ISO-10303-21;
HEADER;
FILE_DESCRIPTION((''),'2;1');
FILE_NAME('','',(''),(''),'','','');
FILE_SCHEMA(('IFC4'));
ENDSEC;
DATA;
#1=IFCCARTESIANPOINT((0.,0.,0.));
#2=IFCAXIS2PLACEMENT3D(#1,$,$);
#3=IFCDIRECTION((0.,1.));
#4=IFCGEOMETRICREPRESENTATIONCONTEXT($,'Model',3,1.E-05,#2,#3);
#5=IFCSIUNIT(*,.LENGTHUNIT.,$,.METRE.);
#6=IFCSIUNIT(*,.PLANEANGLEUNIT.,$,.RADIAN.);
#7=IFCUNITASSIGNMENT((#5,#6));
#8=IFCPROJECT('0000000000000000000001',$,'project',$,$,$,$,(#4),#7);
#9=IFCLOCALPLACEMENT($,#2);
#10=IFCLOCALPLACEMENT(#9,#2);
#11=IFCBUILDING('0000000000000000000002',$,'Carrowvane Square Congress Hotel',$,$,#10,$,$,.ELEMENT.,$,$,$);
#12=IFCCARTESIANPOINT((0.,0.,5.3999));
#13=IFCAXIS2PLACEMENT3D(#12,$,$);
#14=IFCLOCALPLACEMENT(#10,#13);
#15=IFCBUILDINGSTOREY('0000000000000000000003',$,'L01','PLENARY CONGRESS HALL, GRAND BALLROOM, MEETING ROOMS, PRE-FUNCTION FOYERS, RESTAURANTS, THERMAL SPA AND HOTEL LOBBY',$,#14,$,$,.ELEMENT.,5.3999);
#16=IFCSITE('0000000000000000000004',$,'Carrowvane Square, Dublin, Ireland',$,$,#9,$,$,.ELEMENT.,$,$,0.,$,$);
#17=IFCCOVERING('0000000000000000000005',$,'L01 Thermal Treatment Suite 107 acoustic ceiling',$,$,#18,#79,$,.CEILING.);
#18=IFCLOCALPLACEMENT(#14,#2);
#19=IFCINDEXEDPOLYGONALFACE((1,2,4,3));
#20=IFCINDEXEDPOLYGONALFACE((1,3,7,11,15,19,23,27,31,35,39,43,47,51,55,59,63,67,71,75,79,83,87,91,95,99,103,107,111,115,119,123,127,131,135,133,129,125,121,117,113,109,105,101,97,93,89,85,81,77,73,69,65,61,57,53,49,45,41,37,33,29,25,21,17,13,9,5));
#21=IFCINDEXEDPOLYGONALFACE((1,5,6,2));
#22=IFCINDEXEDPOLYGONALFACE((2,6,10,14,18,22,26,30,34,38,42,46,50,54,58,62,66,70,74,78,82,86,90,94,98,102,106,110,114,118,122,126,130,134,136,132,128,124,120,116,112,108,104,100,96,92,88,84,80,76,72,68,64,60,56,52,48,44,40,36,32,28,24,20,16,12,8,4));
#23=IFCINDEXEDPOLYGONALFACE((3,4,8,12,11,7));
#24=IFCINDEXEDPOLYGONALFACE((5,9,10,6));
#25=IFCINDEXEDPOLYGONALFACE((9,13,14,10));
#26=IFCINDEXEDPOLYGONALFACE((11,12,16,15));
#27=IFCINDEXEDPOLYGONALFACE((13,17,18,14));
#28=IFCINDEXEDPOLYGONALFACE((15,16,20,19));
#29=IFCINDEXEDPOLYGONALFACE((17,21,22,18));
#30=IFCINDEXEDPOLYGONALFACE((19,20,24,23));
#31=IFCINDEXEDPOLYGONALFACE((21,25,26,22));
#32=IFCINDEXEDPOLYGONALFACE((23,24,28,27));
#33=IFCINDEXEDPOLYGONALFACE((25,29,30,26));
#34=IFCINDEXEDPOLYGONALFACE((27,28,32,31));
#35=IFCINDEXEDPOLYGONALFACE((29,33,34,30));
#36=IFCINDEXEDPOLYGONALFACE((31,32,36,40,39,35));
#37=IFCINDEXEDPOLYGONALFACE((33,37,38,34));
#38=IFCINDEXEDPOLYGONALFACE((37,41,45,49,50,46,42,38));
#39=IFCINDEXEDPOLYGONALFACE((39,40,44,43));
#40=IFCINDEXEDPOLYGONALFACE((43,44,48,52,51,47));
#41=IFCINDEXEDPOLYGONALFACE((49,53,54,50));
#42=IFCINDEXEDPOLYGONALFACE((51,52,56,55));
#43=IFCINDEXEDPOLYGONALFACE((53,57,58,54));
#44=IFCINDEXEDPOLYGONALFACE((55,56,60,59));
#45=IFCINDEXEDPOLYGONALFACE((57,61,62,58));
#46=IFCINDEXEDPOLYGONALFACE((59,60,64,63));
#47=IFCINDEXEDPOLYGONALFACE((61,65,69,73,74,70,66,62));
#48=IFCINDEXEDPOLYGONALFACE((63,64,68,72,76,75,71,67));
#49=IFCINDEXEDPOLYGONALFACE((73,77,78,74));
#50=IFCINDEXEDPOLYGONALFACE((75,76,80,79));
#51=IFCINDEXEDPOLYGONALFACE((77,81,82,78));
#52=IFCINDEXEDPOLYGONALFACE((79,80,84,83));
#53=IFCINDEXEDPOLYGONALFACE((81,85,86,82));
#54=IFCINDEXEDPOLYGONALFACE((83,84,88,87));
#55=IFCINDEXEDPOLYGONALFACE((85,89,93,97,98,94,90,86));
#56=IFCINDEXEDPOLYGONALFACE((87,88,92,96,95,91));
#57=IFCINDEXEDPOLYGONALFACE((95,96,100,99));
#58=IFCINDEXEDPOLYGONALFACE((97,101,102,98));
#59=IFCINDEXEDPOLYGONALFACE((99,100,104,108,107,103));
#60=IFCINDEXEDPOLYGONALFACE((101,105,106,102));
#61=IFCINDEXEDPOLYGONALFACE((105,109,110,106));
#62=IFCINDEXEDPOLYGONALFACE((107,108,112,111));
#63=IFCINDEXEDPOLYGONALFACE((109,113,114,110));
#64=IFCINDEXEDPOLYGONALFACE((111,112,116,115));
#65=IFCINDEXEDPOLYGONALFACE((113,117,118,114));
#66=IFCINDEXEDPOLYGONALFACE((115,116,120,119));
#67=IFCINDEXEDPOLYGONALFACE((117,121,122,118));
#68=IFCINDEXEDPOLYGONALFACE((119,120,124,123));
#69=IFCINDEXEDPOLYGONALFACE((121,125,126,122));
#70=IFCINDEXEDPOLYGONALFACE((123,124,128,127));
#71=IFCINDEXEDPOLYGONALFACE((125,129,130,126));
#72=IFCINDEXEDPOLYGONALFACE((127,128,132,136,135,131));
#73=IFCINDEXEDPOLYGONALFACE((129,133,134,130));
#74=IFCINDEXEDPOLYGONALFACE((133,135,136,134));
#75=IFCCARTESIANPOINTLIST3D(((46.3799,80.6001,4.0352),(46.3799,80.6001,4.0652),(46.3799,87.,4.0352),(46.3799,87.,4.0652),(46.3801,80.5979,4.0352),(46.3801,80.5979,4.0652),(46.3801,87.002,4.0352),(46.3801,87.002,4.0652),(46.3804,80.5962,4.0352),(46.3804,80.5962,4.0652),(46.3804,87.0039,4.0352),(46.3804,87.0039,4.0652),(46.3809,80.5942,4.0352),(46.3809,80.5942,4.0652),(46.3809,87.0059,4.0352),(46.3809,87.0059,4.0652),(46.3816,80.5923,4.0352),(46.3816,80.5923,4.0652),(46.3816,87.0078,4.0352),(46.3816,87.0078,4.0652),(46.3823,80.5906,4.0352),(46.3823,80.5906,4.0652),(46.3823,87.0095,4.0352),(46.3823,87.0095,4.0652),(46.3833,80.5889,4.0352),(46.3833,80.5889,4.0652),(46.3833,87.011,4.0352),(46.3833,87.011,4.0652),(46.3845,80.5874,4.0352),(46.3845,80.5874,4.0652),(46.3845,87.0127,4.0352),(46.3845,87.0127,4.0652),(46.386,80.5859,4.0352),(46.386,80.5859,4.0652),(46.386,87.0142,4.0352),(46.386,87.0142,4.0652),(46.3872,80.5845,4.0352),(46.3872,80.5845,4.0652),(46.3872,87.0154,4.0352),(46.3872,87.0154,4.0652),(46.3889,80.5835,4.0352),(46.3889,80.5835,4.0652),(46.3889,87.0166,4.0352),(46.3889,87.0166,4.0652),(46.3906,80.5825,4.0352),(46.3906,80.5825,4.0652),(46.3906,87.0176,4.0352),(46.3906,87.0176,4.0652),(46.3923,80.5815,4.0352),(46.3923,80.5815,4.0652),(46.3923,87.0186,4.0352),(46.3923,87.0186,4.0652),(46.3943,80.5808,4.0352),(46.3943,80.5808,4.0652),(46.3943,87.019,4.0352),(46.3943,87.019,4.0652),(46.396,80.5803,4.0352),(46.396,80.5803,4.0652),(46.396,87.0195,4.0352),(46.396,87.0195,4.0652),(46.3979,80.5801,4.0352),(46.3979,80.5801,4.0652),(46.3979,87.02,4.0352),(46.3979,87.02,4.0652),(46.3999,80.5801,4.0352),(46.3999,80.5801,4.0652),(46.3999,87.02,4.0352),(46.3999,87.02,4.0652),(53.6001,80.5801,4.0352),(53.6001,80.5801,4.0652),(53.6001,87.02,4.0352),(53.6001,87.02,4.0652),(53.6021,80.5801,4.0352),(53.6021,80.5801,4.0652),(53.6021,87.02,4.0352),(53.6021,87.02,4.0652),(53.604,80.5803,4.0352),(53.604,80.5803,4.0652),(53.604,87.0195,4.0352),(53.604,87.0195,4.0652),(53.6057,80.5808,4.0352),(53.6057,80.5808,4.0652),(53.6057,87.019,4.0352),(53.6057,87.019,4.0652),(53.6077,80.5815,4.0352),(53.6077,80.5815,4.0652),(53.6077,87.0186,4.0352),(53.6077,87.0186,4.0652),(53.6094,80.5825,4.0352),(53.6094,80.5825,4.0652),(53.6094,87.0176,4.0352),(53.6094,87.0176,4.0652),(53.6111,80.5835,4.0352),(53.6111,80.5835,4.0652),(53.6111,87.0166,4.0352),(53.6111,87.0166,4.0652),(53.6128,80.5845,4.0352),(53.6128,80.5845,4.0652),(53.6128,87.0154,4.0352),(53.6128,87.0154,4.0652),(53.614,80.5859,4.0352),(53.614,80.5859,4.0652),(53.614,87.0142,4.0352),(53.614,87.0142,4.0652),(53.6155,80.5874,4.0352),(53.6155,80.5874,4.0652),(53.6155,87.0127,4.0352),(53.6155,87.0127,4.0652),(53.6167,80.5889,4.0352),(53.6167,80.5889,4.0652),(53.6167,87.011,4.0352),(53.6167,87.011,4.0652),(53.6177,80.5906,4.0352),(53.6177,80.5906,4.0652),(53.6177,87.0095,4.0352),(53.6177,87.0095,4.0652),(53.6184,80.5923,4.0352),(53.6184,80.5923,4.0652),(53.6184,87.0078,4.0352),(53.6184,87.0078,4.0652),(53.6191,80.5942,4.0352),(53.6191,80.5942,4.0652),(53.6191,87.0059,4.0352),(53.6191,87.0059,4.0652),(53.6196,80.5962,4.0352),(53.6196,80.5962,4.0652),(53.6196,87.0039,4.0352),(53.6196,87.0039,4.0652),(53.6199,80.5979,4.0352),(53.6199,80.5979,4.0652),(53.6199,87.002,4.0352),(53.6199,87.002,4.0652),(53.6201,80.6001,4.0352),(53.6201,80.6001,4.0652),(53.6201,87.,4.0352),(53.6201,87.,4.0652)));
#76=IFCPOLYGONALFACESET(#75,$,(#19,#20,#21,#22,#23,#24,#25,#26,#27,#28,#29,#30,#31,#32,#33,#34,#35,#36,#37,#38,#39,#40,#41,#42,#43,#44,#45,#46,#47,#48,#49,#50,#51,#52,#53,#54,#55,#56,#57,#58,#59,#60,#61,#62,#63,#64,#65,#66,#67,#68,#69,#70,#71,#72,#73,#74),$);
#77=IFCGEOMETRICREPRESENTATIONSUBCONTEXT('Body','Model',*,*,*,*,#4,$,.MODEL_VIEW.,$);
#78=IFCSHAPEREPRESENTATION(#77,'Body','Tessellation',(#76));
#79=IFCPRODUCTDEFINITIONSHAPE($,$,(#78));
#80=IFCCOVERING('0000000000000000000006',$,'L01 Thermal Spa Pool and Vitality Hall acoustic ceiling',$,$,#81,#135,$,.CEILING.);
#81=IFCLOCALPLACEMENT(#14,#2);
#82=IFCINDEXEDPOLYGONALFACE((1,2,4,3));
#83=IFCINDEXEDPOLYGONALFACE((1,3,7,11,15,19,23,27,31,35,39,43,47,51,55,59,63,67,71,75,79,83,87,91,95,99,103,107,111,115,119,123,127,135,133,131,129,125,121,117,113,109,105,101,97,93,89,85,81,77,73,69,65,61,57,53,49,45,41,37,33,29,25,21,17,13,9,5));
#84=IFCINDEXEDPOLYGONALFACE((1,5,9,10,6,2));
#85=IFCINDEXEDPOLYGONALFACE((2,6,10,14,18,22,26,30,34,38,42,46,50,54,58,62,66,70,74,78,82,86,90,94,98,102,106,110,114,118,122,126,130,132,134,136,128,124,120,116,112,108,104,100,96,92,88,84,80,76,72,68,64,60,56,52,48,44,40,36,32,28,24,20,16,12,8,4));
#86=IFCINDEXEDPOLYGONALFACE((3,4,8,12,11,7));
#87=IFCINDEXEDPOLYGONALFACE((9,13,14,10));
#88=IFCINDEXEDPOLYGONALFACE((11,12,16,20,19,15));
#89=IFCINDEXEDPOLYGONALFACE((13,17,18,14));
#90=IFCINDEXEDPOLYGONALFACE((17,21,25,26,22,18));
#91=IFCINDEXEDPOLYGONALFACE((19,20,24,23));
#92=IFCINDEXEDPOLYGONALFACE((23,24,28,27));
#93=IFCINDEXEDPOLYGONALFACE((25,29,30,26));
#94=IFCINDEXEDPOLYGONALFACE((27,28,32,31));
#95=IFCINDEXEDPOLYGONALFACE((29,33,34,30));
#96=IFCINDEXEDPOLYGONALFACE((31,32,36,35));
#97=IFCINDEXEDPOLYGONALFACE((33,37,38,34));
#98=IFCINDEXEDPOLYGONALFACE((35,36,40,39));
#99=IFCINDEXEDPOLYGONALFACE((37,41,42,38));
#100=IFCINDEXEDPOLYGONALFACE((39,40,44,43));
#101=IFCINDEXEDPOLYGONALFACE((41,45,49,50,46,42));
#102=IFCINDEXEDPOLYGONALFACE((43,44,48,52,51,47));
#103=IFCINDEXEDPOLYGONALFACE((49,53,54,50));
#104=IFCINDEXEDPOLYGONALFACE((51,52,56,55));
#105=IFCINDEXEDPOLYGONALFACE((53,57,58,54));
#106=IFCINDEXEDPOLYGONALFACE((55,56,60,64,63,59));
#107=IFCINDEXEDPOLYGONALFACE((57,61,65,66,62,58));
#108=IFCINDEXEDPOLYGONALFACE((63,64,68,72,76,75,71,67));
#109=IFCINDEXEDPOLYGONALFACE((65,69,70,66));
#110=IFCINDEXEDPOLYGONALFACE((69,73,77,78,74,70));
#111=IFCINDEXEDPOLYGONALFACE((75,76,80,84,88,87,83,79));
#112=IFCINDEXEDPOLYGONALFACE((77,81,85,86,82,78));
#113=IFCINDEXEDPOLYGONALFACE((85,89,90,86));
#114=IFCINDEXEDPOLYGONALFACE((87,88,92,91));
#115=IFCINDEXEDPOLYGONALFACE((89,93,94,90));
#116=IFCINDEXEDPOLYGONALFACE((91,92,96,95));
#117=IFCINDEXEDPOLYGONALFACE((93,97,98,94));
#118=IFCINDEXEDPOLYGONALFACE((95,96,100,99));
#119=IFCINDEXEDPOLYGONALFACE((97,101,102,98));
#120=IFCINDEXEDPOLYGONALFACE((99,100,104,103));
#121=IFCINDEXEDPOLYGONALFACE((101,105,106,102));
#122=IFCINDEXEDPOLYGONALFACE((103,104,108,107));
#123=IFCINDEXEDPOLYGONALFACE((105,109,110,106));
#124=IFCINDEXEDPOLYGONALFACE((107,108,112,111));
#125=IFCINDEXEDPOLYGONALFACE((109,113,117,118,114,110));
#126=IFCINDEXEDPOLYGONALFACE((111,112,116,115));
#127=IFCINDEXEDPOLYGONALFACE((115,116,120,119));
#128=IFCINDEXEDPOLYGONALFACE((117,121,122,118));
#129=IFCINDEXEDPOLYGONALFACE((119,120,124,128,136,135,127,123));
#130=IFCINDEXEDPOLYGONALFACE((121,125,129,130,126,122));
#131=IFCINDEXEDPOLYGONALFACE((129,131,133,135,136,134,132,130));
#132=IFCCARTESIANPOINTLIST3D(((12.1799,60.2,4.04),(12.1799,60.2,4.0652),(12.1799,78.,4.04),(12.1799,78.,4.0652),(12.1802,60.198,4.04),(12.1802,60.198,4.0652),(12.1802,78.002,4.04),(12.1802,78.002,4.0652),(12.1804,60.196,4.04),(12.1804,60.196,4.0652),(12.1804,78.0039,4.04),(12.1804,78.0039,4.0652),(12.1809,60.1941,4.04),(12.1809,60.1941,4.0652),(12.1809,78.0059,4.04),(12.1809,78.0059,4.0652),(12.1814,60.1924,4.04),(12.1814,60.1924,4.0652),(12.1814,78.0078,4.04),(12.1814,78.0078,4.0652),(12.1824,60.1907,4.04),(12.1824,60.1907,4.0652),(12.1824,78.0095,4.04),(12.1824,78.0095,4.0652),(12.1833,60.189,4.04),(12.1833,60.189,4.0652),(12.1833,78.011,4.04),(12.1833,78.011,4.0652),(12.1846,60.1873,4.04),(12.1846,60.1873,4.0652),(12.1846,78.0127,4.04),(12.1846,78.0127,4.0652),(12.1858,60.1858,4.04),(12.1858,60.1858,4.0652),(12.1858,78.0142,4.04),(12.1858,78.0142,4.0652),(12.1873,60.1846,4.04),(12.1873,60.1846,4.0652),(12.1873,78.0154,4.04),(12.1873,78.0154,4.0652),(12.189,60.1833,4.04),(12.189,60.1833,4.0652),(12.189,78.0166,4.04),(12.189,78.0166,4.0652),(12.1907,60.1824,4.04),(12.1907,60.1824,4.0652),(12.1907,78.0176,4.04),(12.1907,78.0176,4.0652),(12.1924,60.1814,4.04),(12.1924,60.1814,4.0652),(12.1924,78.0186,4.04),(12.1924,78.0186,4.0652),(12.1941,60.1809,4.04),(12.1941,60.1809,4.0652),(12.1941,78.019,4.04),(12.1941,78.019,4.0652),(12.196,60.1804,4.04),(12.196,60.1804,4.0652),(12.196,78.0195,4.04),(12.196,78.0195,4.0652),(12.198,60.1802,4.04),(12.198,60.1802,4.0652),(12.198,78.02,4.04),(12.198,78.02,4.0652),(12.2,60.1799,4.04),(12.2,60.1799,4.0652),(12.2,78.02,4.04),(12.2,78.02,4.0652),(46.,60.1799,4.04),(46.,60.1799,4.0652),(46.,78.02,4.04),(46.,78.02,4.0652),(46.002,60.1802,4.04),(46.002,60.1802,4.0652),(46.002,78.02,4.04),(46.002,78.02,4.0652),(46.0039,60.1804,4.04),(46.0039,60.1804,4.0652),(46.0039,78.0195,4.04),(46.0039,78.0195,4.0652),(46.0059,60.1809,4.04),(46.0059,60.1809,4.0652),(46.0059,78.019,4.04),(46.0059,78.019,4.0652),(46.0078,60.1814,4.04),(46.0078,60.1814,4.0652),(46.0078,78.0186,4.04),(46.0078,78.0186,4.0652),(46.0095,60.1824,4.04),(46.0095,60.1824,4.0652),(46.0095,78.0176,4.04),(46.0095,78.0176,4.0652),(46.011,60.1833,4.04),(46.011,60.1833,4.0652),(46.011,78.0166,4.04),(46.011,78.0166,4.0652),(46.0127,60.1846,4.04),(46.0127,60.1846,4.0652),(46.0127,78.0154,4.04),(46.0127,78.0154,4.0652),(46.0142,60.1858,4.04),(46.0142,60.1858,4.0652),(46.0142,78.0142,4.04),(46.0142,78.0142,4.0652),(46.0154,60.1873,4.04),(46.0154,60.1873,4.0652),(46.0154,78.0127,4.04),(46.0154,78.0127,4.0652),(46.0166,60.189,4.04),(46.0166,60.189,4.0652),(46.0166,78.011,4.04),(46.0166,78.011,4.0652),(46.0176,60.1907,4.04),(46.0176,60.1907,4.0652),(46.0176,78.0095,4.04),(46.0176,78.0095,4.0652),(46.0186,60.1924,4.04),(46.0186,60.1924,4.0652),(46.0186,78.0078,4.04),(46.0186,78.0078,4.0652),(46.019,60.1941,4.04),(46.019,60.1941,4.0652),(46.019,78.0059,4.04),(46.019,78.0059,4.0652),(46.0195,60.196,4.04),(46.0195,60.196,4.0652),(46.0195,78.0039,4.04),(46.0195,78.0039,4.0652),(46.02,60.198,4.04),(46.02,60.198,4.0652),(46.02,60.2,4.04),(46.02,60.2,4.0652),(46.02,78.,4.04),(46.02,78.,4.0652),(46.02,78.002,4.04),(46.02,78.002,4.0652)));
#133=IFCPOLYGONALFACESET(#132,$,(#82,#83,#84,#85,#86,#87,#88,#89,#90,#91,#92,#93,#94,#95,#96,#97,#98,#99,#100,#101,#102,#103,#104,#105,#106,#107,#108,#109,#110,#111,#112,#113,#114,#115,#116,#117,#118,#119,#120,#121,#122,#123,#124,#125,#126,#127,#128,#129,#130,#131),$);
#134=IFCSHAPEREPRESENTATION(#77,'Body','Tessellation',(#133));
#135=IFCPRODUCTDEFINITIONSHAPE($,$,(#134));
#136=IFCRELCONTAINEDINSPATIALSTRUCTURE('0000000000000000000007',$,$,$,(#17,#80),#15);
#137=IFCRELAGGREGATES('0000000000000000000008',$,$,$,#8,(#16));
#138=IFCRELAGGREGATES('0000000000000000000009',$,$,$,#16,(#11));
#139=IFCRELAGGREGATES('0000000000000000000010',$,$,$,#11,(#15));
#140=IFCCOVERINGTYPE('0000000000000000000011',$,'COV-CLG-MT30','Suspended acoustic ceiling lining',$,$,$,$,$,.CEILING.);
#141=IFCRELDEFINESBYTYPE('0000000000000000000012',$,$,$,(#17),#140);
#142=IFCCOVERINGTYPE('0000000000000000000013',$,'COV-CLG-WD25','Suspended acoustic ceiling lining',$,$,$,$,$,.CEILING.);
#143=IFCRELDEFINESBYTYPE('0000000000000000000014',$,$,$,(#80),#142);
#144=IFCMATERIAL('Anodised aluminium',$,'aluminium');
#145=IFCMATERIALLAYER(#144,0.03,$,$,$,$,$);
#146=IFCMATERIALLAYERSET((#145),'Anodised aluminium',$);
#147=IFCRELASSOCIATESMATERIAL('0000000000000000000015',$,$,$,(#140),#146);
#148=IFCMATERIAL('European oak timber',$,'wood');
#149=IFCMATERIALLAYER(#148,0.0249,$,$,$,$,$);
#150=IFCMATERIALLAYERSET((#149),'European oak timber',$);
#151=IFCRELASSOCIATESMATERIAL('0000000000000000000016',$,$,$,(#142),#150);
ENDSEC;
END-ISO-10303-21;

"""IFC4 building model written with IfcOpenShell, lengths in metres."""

from ifc_helpers import new_model, si_unit, direction, frame, origin, place, context, subcontext, project, spatial, polyline, outline, extrude, material, layer, layer_set, type_object, element, save


model = new_model("IFC4")

# Units and contexts
model_context = context("Model", 3, precision=1e-05, world=origin(), true_north=direction((0.0, 1.0)))
body_context = subcontext(model_context, "Body", "Model", "MODEL_VIEW")
ifc_project = project(units=[si_unit("LENGTHUNIT", "METRE"), si_unit("PLANEANGLEUNIT", "RADIAN")], contexts=[model_context])

# Site, building, storey
site_placement = place(None, origin())
site = spatial("IfcSite", under=ifc_project, at=site_placement, Name="Carrowvane Square, Dublin, Ireland", CompositionType="ELEMENT", RefElevation=0.0)
building_placement = place(site_placement, origin())
building = spatial("IfcBuilding", under=site, at=building_placement, Name="Carrowvane Square Congress Hotel", CompositionType="ELEMENT")
storey_placement = place(building_placement, frame((0.0, 0.0, 5.3999)))
storey = spatial("IfcBuildingStorey", under=building, at=storey_placement, Name="L01", Description="PLENARY CONGRESS HALL, GRAND BALLROOM, MEETING ROOMS, PRE-FUNCTION FOYERS, RESTAURANTS, THERMAL SPA AND HOTEL LOBBY", CompositionType="ELEMENT", Elevation=5.3999)

# Coverings
ifc_material_1 = material(Name="Anodised aluminium", Category="aluminium")
ifc_layer_1 = layer(ifc_material_1, 0.03)
ifc_layer_set_1 = layer_set([ifc_layer_1], Name="Anodised aluminium")
covering_type_1 = type_object("IfcCoveringType", Name="COV-CLG-MT30", Description="Suspended acoustic ceiling lining", PredefinedType="CEILING", material=ifc_layer_set_1)
covering_1_placement = place(storey_placement, frame((0.0, 0.0, 4.0352)))
element("IfcCovering", 1, at=covering_1_placement, inside=storey, type_object=covering_type_1, Name="L01 Thermal Treatment Suite 107 acoustic ceiling", PredefinedType="CEILING", context=body_context, shape_type="SweptSolid", body=[
    extrude(outline(polyline([(46.3801, 87.002), (46.3804, 87.0039), (46.3809, 87.0059), (46.3816, 87.0078), (46.3823, 87.0095), (46.3833, 87.011), (46.3845, 87.0127), (46.386, 87.0142), (46.3872, 87.0154), (46.3889, 87.0166), (46.3906, 87.0176), (46.3923, 87.0186), (46.3943, 87.019), (46.396, 87.0195), (46.3979, 87.02), (46.3999, 87.02), (53.6001, 87.02), (53.6021, 87.02), (53.604, 87.0195), (53.6057, 87.019), (53.6077, 87.0186), (53.6094, 87.0176), (53.6111, 87.0166), (53.6128, 87.0154), (53.614, 87.0142), (53.6155, 87.0127), (53.6167, 87.011), (53.6177, 87.0095), (53.6184, 87.0078), (53.6191, 87.0059), (53.6196, 87.0039), (53.6199, 87.002), (53.6201, 87.0), (53.6201, 80.6001), (53.6199, 80.5979), (53.6196, 80.5962), (53.6191, 80.5942), (53.6184, 80.5923), (53.6177, 80.5906), (53.6167, 80.5889), (53.6155, 80.5874), (53.614, 80.5859), (53.6128, 80.5845), (53.6111, 80.5835), (53.6094, 80.5825), (53.6077, 80.5815), (53.6057, 80.5808), (53.604, 80.5803), (53.6021, 80.5801), (53.6001, 80.5801), (46.3999, 80.5801), (46.3979, 80.5801), (46.396, 80.5803), (46.3943, 80.5808), (46.3923, 80.5815), (46.3906, 80.5825), (46.3889, 80.5835), (46.3872, 80.5845), (46.386, 80.5859), (46.3845, 80.5874), (46.3833, 80.5889), (46.3823, 80.5906), (46.3816, 80.5923), (46.3809, 80.5942), (46.3804, 80.5962), (46.3801, 80.5979), (46.3799, 80.6001), (46.3799, 87.0), (46.3801, 87.002)])), origin(), (0.0, 0.0, 1.0), 0.03),
])
ifc_material_2 = material(Name="European oak timber", Category="wood")
ifc_layer_2 = layer(ifc_material_2, 0.0249)
ifc_layer_set_2 = layer_set([ifc_layer_2], Name="European oak timber")
covering_type_2 = type_object("IfcCoveringType", Name="COV-CLG-WD25", Description="Suspended acoustic ceiling lining", PredefinedType="CEILING", material=ifc_layer_set_2)
covering_2_placement = place(storey_placement, frame((0.0, 0.0, 4.04)))
element("IfcCovering", 2, at=covering_2_placement, inside=storey, type_object=covering_type_2, Name="L01 Thermal Spa Pool and Vitality Hall acoustic ceiling", PredefinedType="CEILING", context=body_context, shape_type="SweptSolid", body=[
    extrude(outline(polyline([(12.1802, 78.002), (12.1804, 78.0039), (12.1809, 78.0059), (12.1814, 78.0078), (12.1824, 78.0095), (12.1833, 78.011), (12.1846, 78.0127), (12.1858, 78.0142), (12.1873, 78.0154), (12.189, 78.0166), (12.1907, 78.0176), (12.1924, 78.0186), (12.1941, 78.019), (12.196, 78.0195), (12.198, 78.02), (12.2, 78.02), (46.0, 78.02), (46.002, 78.02), (46.0039, 78.0195), (46.0059, 78.019), (46.0078, 78.0186), (46.0095, 78.0176), (46.011, 78.0166), (46.0127, 78.0154), (46.0142, 78.0142), (46.0154, 78.0127), (46.0166, 78.011), (46.0176, 78.0095), (46.0186, 78.0078), (46.019, 78.0059), (46.0195, 78.0039), (46.02, 78.002), (46.02, 78.0), (46.02, 60.2), (46.02, 60.198), (46.0195, 60.196), (46.019, 60.1941), (46.0186, 60.1924), (46.0176, 60.1907), (46.0166, 60.189), (46.0154, 60.1873), (46.0142, 60.1858), (46.0127, 60.1846), (46.011, 60.1833), (46.0095, 60.1824), (46.0078, 60.1814), (46.0059, 60.1809), (46.0039, 60.1804), (46.002, 60.1802), (46.0, 60.1799), (12.2, 60.1799), (12.198, 60.1802), (12.196, 60.1804), (12.1941, 60.1809), (12.1924, 60.1814), (12.1907, 60.1824), (12.189, 60.1833), (12.1873, 60.1846), (12.1858, 60.1858), (12.1846, 60.1873), (12.1833, 60.189), (12.1824, 60.1907), (12.1814, 60.1924), (12.1809, 60.1941), (12.1804, 60.196), (12.1802, 60.198), (12.1799, 60.2), (12.1799, 78.0), (12.1802, 78.002)])), origin(), (0.0, 0.0, 1.0), 0.0251),
])

save(model, "model.ifc")
